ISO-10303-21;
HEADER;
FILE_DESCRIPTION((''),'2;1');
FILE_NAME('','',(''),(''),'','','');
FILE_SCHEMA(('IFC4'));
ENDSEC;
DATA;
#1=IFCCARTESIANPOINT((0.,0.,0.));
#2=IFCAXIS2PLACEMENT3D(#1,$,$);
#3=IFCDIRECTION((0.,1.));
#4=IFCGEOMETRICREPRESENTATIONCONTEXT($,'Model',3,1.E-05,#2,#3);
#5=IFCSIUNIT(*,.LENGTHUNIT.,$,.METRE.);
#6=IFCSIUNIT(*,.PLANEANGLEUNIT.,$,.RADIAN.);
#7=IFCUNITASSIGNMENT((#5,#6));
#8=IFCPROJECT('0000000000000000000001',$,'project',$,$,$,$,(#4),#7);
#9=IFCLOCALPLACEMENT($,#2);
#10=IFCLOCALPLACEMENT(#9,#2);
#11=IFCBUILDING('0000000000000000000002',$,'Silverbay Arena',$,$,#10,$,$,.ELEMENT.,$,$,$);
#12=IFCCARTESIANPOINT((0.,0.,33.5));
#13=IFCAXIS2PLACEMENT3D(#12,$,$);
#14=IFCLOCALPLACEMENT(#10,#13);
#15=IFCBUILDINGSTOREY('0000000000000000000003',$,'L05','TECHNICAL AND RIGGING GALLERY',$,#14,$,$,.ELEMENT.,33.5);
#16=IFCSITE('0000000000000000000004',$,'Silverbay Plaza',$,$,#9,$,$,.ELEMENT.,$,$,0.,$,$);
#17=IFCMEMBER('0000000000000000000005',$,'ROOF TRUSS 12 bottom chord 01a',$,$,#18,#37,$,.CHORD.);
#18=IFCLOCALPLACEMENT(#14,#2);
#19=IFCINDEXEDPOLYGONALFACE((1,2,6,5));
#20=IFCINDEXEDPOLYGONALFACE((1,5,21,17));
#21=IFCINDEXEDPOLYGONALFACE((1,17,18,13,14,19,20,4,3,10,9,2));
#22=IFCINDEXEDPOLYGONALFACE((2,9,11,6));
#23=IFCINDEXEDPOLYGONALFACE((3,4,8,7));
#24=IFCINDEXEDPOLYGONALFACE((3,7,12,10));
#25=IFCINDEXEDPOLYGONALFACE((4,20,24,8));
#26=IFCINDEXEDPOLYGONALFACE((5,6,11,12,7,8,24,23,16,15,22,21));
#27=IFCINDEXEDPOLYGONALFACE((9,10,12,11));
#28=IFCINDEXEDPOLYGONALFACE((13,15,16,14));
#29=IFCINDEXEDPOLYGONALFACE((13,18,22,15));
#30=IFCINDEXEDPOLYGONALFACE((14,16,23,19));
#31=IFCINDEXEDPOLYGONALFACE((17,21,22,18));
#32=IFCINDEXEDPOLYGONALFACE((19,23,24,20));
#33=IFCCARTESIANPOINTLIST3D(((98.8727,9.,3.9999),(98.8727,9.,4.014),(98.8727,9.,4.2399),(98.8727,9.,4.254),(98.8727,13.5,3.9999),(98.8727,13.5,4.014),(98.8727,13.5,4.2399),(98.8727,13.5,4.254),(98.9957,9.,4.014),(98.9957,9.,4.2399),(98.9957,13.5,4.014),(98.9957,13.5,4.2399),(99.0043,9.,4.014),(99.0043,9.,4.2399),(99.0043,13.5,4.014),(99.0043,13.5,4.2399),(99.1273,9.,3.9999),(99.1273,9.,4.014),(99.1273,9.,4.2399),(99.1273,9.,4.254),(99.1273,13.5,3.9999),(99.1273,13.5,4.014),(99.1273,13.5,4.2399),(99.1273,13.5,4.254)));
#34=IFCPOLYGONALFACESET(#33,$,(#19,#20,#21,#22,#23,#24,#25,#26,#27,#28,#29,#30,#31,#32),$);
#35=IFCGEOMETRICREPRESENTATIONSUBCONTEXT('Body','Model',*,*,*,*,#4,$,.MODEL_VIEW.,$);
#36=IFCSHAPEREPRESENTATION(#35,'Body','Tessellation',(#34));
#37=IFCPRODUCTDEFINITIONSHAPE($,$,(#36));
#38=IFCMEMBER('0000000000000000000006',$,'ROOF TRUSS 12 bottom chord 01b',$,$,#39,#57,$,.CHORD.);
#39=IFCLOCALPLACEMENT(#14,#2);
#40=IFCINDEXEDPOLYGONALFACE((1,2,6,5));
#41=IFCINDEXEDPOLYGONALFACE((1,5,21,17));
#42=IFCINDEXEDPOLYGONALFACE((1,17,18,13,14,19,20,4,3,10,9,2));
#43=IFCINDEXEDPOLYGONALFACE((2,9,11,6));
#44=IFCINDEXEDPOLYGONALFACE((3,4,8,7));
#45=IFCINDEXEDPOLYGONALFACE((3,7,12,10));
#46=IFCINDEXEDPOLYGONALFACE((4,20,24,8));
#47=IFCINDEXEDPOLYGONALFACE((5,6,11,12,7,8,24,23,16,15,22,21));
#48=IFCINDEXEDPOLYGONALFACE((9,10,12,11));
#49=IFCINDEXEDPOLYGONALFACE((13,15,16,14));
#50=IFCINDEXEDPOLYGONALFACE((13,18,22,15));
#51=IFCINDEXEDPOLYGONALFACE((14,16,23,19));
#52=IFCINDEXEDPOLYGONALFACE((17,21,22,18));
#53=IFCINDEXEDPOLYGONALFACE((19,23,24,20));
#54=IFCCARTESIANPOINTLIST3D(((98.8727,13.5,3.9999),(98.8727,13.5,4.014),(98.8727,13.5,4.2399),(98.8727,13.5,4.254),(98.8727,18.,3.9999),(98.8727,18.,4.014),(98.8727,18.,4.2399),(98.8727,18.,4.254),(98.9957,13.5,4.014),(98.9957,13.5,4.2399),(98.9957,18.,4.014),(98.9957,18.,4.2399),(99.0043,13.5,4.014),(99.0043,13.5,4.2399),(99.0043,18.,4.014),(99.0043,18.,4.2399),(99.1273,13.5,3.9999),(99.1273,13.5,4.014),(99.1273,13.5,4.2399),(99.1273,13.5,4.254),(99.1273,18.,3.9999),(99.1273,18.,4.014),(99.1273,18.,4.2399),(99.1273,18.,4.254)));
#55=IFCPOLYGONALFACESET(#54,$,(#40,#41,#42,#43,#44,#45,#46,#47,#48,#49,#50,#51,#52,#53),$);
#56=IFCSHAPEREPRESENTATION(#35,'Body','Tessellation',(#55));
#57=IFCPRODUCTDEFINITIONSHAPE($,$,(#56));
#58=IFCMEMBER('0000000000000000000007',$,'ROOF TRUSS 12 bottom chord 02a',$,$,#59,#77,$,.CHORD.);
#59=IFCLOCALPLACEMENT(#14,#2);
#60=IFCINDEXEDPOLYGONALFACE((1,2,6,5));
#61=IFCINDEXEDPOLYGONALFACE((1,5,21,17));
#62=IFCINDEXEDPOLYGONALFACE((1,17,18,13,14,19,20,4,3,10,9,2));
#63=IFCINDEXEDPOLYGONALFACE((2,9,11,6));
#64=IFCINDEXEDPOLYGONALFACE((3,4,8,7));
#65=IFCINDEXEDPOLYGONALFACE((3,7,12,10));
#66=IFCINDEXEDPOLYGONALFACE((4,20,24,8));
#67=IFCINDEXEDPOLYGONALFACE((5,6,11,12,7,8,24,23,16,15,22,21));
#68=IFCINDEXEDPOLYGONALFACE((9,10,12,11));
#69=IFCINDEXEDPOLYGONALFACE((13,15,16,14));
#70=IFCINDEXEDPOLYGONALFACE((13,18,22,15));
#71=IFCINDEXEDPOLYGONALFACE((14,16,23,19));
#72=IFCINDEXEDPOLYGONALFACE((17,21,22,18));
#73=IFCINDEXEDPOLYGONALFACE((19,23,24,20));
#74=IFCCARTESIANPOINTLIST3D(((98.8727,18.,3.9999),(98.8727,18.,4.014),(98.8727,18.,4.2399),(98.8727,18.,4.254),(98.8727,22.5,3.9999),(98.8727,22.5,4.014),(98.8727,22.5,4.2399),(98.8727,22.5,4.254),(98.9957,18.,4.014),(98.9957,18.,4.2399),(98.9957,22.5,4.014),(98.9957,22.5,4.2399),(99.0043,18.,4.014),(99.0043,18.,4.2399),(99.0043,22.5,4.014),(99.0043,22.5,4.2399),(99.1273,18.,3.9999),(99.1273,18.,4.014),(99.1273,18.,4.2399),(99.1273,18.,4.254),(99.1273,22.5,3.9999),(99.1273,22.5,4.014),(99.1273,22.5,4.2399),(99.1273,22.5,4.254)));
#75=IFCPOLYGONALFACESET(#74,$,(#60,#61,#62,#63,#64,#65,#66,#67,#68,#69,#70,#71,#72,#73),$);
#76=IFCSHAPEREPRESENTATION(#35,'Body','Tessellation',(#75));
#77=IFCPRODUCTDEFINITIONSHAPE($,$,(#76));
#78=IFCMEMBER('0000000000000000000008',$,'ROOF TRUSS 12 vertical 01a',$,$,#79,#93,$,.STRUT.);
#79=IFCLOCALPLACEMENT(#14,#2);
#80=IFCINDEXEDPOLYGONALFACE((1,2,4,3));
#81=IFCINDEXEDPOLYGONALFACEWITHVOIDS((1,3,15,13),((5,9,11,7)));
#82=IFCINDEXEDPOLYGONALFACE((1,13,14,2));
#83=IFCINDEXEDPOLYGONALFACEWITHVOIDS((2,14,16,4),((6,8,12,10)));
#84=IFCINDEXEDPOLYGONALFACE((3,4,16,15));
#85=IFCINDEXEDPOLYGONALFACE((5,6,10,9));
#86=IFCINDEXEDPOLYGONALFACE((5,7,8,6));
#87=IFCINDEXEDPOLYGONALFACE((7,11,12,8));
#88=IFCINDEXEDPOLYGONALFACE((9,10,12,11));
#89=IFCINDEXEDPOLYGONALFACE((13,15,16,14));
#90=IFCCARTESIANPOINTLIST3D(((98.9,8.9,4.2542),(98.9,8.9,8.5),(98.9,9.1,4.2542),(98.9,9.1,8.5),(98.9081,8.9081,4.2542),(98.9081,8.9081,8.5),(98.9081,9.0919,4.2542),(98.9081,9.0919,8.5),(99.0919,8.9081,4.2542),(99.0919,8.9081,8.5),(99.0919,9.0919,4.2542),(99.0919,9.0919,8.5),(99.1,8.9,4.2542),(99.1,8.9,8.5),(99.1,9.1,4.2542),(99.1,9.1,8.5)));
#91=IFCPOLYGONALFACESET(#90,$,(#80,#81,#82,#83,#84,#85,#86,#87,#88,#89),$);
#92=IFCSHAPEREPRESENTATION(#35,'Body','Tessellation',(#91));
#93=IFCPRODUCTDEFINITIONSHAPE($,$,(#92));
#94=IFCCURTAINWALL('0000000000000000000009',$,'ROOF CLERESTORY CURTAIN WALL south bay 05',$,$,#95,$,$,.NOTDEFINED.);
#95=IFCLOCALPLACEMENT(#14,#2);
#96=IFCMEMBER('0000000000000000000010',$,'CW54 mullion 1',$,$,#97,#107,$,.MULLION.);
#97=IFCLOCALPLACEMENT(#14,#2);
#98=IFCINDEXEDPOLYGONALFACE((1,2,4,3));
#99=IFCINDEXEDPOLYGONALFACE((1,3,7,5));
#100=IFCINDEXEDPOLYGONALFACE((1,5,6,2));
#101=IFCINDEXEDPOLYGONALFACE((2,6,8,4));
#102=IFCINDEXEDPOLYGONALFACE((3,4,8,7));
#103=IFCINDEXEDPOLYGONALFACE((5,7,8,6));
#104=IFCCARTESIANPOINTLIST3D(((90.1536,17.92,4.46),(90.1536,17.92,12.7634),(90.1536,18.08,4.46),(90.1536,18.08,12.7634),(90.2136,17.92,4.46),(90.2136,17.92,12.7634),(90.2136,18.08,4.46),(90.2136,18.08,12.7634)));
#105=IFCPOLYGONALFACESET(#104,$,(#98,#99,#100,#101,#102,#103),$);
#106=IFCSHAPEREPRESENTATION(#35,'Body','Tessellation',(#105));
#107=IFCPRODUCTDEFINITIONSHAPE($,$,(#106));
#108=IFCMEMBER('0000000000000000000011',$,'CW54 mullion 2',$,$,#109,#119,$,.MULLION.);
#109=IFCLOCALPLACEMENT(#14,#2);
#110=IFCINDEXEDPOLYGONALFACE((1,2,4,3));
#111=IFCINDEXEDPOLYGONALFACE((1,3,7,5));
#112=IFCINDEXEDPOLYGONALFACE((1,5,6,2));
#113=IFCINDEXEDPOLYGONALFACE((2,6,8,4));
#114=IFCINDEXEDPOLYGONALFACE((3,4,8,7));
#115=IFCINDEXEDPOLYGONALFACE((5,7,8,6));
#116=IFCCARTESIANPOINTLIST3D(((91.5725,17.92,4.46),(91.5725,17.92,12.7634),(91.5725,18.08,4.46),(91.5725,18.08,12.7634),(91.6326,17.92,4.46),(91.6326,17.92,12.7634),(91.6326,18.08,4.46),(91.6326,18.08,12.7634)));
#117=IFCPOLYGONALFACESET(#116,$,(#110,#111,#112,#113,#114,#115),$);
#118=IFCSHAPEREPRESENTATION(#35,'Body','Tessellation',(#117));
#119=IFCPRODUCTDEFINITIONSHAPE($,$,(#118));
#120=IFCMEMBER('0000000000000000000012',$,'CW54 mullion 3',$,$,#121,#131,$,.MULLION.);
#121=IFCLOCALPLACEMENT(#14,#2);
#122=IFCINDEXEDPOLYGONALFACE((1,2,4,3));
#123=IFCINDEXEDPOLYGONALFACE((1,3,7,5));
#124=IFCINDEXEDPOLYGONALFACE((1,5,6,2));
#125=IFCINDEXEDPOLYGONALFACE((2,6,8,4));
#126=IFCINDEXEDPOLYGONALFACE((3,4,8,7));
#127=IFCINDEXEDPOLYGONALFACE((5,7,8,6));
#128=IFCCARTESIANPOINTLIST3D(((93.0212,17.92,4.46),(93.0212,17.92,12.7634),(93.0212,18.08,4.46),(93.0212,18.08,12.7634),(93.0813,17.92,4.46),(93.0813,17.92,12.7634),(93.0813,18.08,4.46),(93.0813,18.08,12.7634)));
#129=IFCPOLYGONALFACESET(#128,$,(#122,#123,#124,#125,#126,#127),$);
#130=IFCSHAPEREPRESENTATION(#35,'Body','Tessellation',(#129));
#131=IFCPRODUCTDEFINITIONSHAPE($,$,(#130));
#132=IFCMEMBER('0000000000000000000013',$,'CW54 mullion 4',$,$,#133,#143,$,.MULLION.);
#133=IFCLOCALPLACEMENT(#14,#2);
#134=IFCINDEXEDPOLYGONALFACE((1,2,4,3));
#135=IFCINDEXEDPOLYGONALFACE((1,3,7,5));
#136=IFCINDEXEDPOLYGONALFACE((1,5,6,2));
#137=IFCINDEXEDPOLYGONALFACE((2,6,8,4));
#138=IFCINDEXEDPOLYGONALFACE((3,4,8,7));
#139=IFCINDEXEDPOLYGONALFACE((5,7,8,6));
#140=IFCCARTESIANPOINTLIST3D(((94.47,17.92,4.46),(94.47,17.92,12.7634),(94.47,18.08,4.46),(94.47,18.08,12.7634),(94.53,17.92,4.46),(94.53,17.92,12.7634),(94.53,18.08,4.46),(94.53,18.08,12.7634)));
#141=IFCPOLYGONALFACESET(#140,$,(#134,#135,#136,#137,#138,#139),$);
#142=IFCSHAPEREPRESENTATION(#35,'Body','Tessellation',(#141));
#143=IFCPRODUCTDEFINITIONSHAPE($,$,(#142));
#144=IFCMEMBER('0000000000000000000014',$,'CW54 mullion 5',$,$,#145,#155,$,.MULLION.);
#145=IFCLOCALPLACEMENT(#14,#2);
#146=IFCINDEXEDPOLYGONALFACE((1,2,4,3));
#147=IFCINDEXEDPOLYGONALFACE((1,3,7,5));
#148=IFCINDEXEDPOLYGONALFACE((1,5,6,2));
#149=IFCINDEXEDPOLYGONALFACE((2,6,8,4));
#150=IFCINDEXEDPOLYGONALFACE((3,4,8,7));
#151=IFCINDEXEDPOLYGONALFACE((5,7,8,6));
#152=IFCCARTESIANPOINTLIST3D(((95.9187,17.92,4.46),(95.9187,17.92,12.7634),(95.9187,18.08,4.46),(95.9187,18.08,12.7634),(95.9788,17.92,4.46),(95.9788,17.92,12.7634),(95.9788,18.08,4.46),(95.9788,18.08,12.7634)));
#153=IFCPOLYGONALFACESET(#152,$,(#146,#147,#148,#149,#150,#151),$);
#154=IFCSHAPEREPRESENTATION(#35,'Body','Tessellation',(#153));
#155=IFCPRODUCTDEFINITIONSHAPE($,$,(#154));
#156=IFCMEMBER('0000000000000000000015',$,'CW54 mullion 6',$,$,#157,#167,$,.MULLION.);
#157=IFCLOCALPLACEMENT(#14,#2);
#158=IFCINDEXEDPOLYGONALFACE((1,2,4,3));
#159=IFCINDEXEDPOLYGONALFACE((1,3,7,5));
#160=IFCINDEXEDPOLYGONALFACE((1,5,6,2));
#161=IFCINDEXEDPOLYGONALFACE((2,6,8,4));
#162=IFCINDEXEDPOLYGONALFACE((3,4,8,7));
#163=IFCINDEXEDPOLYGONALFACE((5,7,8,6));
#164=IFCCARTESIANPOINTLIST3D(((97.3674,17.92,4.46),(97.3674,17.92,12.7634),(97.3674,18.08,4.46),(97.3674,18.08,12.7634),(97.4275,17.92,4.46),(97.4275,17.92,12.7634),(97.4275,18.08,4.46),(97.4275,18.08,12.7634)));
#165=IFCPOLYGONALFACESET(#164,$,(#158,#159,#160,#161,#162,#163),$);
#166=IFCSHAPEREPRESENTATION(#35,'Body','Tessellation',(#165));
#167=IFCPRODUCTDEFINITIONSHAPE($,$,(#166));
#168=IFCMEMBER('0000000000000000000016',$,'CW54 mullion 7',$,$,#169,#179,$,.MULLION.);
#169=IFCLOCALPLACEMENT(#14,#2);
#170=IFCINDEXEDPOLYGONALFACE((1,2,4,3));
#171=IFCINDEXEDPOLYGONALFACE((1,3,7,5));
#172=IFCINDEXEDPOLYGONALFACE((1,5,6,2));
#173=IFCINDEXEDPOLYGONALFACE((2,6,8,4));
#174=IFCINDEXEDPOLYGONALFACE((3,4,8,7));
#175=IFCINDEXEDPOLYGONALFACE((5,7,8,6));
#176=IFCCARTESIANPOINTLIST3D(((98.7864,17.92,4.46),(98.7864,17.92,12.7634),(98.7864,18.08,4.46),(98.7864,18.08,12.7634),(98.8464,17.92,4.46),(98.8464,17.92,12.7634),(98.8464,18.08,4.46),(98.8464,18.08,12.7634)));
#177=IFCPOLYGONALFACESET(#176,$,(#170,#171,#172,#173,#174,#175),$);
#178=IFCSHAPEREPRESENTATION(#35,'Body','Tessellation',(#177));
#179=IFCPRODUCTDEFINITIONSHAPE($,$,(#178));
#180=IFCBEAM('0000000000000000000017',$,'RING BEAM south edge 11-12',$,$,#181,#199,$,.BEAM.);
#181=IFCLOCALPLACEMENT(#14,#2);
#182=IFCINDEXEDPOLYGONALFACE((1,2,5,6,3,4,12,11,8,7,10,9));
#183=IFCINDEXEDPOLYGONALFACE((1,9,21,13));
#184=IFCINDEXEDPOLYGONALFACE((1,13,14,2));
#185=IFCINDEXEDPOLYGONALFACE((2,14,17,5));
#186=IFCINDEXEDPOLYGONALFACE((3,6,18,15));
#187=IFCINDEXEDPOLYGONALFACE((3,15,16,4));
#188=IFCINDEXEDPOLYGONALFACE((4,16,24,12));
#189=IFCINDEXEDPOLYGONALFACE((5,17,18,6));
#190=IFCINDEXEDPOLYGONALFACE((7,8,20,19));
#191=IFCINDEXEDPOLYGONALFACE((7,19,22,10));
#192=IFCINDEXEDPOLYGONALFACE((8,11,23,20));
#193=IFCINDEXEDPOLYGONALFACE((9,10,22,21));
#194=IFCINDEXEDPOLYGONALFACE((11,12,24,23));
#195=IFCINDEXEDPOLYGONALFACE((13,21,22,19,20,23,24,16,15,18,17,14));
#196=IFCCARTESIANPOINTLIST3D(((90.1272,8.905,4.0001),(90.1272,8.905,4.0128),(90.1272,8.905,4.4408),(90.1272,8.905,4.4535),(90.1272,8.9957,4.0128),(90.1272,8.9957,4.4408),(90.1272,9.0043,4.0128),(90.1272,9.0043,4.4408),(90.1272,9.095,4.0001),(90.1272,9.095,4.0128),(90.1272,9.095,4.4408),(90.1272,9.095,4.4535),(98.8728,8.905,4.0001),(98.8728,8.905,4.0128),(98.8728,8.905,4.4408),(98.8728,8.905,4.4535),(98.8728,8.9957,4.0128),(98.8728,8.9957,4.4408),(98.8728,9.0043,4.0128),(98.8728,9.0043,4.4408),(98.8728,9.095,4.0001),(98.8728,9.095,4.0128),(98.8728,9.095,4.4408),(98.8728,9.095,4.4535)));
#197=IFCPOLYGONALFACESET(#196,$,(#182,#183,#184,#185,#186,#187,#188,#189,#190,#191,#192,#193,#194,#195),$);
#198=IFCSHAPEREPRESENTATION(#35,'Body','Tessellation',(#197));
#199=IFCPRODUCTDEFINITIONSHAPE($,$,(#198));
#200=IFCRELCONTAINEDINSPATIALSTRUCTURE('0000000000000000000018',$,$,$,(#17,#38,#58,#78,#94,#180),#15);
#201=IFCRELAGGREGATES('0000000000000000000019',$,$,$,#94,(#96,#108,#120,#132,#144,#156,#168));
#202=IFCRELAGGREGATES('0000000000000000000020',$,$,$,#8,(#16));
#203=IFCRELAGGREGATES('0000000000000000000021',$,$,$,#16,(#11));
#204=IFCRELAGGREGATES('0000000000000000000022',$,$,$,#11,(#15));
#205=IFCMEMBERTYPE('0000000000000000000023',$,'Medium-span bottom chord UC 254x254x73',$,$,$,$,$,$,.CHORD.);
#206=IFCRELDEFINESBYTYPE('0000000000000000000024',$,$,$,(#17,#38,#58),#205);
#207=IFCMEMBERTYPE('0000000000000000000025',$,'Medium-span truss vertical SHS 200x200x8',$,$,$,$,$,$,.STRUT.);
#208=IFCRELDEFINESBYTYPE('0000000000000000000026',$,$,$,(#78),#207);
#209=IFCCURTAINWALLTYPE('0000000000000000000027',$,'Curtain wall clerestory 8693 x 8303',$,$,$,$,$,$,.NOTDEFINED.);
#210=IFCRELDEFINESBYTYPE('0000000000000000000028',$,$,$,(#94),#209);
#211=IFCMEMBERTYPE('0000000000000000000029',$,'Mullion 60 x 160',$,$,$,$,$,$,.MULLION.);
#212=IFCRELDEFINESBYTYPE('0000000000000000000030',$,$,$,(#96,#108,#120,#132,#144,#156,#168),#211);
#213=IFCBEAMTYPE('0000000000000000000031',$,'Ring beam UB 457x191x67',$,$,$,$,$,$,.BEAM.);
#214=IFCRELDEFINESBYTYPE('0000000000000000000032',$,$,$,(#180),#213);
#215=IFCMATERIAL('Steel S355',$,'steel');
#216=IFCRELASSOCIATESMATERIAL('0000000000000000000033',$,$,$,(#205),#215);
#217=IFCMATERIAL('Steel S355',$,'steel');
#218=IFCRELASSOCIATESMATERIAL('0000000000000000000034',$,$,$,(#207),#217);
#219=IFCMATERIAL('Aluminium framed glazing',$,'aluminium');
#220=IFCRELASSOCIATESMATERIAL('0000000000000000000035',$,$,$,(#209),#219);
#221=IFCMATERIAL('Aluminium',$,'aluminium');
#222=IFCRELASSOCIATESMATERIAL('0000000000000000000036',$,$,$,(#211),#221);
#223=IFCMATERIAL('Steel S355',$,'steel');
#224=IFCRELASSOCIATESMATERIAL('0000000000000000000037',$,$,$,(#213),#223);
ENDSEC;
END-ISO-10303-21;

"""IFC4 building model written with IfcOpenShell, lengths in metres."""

from ifc_helpers import new_model, si_unit, direction, frame, origin, origin_2d, place, context, subcontext, project, spatial, rectangle, hollow_rectangle, i_section, extrude, material, material_profile, profile_set, type_object, element, aggregate, save


model = new_model("IFC4")

# Units and contexts
model_context = context("Model", 3, precision=1e-05, world=origin(), true_north=direction((0.0, 1.0)))
body_context = subcontext(model_context, "Body", "Model", "MODEL_VIEW")
ifc_project = project(units=[si_unit("LENGTHUNIT", "METRE"), si_unit("PLANEANGLEUNIT", "RADIAN")], contexts=[model_context])

# Site, building, storey
site_placement = place(None, origin())
site = spatial("IfcSite", under=ifc_project, at=site_placement, Name="Silverbay Plaza", CompositionType="ELEMENT", RefElevation=0.0)
building_placement = place(site_placement, origin())
building = spatial("IfcBuilding", under=site, at=building_placement, Name="Silverbay Arena", CompositionType="ELEMENT")
storey_placement = place(building_placement, frame((0.0, 0.0, 33.5)))
storey = spatial("IfcBuildingStorey", under=building, at=storey_placement, Name="L05", Description="TECHNICAL AND RIGGING GALLERY", CompositionType="ELEMENT", Elevation=33.5)

# Members
ifc_material_1 = material(Name="Steel S355", Category="steel")
ifc_material_profile_1 = material_profile(ifc_material_1, i_section(OverallWidth=0.2546, OverallDepth=0.2542, WebThickness=0.0085, FlangeThickness=0.0142, at=origin_2d()), Name="UC 254x254x73")
ifc_profile_set_1 = profile_set([ifc_material_profile_1], Name="Steel S355")
member_type_1 = type_object("IfcMemberType", Name="Medium-span bottom chord UC 254x254x73", PredefinedType="CHORD", material=ifc_profile_set_1)
for number, where, z_axis, x_axis, name in (
    (1, (99.0, 9.0, 4.127), (0.0, 1.0, 0.0), (-1.0, 0.0, 0.0), "ROOF TRUSS 12 bottom chord 01a"),
    (2, (99.0, 13.5, 4.127), (0.0, 1.0, 0.0), (-1.0, 0.0, 0.0), "ROOF TRUSS 12 bottom chord 01b"),
    (3, (99.0, 18.0, 4.127), (0.0, 1.0, 0.0), (-1.0, 0.0, 0.0), "ROOF TRUSS 12 bottom chord 02a"),
):
    element("IfcMember", number, at=place(storey_placement, frame(where, z_axis=z_axis, x_axis=x_axis)), inside=storey, type_object=member_type_1, Name=name, PredefinedType="CHORD", context=body_context, shape_type="SweptSolid", body=[
        extrude(i_section(OverallWidth=0.2546, OverallDepth=0.2542, WebThickness=0.0085, FlangeThickness=0.0142, at=origin_2d()), origin(), (0.0, 0.0, 1.0), 4.5),
    ])
ifc_material_2 = material(Name="Steel S355", Category="steel")
ifc_material_profile_2 = material_profile(ifc_material_2, hollow_rectangle(XDim=0.2, YDim=0.2, WallThickness=0.0081, at=origin_2d()), Name="SHS 200x200x8")
ifc_profile_set_2 = profile_set([ifc_material_profile_2], Name="Steel S355")
member_type_2 = type_object("IfcMemberType", Name="Medium-span truss vertical SHS 200x200x8", PredefinedType="STRUT", material=ifc_profile_set_2)
member_1_placement = place(storey_placement, frame((99.0, 9.0, 4.2542), z_axis=(0.0, 0.0, 1.0), x_axis=(1.0, 0.0, 0.0)))
element("IfcMember", 4, at=member_1_placement, inside=storey, type_object=member_type_2, Name="ROOF TRUSS 12 vertical 01a", PredefinedType="STRUT", context=body_context, shape_type="SweptSolid", body=[
    extrude(hollow_rectangle(XDim=0.2, YDim=0.2, WallThickness=0.0081, at=origin_2d()), origin(), (0.0, 0.0, 1.0), 4.2458),
])

# Curtain wall, members
ifc_material_3 = material(Name="Aluminium framed glazing", Category="aluminium")
curtain_wall_type = type_object("IfcCurtainWallType", Name="Curtain wall clerestory 8693 x 8303", PredefinedType="NOTDEFINED", material=ifc_material_3)
curtain_wall_placement = place(storey_placement, origin())
curtain_wall = element("IfcCurtainWall", 5, at=curtain_wall_placement, inside=storey, type_object=curtain_wall_type, Name="ROOF CLERESTORY CURTAIN WALL south bay 05", PredefinedType="NOTDEFINED")
ifc_material_4 = material(Name="Aluminium", Category="aluminium")
ifc_material_profile_3 = material_profile(ifc_material_4, rectangle(XDim=0.1599, YDim=0.0601, at=origin_2d()), Name="Mullion 60 x 160")
ifc_profile_set_3 = profile_set([ifc_material_profile_3], Name="Aluminium")
member_type_3 = type_object("IfcMemberType", Name="Mullion 60 x 160", PredefinedType="MULLION", material=ifc_profile_set_3)
member_2_placement = place(storey_placement, frame((90.1836, 18.0, 4.46), z_axis=(0.0, 0.0, 1.0), x_axis=(0.0, 1.0, 0.0)))
member_2 = element("IfcMember", 6, at=member_2_placement, type_object=member_type_3, Name="CW54 mullion 1", PredefinedType="MULLION", context=body_context, shape_type="SweptSolid", body=[
    extrude(rectangle(XDim=0.1599, YDim=0.0601, at=origin_2d()), origin(), (0.0, 0.0, 1.0), 8.3035),
])
member_3_placement = place(storey_placement, frame((91.6025, 18.0, 4.46), z_axis=(0.0, 0.0, 1.0), x_axis=(0.0, 1.0, 0.0)))
member_3 = element("IfcMember", 7, at=member_3_placement, type_object=member_type_3, Name="CW54 mullion 2", PredefinedType="MULLION", context=body_context, shape_type="SweptSolid", body=[
    extrude(rectangle(XDim=0.1599, YDim=0.0601, at=origin_2d()), origin(), (0.0, 0.0, 1.0), 8.3035),
])
member_4_placement = place(storey_placement, frame((93.0513, 18.0, 4.46), z_axis=(0.0, 0.0, 1.0), x_axis=(0.0, 1.0, 0.0)))
member_4 = element("IfcMember", 8, at=member_4_placement, type_object=member_type_3, Name="CW54 mullion 3", PredefinedType="MULLION", context=body_context, shape_type="SweptSolid", body=[
    extrude(rectangle(XDim=0.1599, YDim=0.0601, at=origin_2d()), origin(), (0.0, 0.0, 1.0), 8.3035),
])
member_5_placement = place(storey_placement, frame((94.5, 18.0, 4.46), z_axis=(0.0, 0.0, 1.0), x_axis=(0.0, 1.0, 0.0)))
member_5 = element("IfcMember", 9, at=member_5_placement, type_object=member_type_3, Name="CW54 mullion 4", PredefinedType="MULLION", context=body_context, shape_type="SweptSolid", body=[
    extrude(rectangle(XDim=0.1599, YDim=0.0601, at=origin_2d()), origin(), (0.0, 0.0, 1.0), 8.3035),
])
member_6_placement = place(storey_placement, frame((95.9487, 18.0, 4.46), z_axis=(0.0, 0.0, 1.0), x_axis=(0.0, 1.0, 0.0)))
member_6 = element("IfcMember", 10, at=member_6_placement, type_object=member_type_3, Name="CW54 mullion 5", PredefinedType="MULLION", context=body_context, shape_type="SweptSolid", body=[
    extrude(rectangle(XDim=0.1599, YDim=0.0601, at=origin_2d()), origin(), (0.0, 0.0, 1.0), 8.3035),
])
member_7_placement = place(storey_placement, frame((97.3975, 18.0, 4.46), z_axis=(0.0, 0.0, 1.0), x_axis=(0.0, 1.0, 0.0)))
member_7 = element("IfcMember", 11, at=member_7_placement, type_object=member_type_3, Name="CW54 mullion 6", PredefinedType="MULLION", context=body_context, shape_type="SweptSolid", body=[
    extrude(rectangle(XDim=0.1599, YDim=0.0601, at=origin_2d()), origin(), (0.0, 0.0, 1.0), 8.3035),
])
member_8_placement = place(storey_placement, frame((98.8164, 18.0, 4.46), z_axis=(0.0, 0.0, 1.0), x_axis=(0.0, 1.0, 0.0)))
member_8 = element("IfcMember", 12, at=member_8_placement, type_object=member_type_3, Name="CW54 mullion 7", PredefinedType="MULLION", context=body_context, shape_type="SweptSolid", body=[
    extrude(rectangle(XDim=0.1599, YDim=0.0601, at=origin_2d()), origin(), (0.0, 0.0, 1.0), 8.3035),
])

# Beam
ifc_material_5 = material(Name="Steel S355", Category="steel")
ifc_material_profile_4 = material_profile(ifc_material_5, i_section(OverallWidth=0.1899, OverallDepth=0.4534, WebThickness=0.0085, FlangeThickness=0.0127, at=origin_2d()), Name="UB 457x191x67")
ifc_profile_set_4 = profile_set([ifc_material_profile_4], Name="Steel S355")
beam_type_1 = type_object("IfcBeamType", Name="Ring beam UB 457x191x67", PredefinedType="BEAM", material=ifc_profile_set_4)
beam_1_placement = place(storey_placement, frame((90.1272, 9.0, 4.2268), z_axis=(1.0, 0.0, 0.0), x_axis=(0.0, 1.0, 0.0)))
element("IfcBeam", 13, at=beam_1_placement, inside=storey, type_object=beam_type_1, Name="RING BEAM south edge 11-12", PredefinedType="BEAM", context=body_context, shape_type="SweptSolid", body=[
    extrude(i_section(OverallWidth=0.1899, OverallDepth=0.4534, WebThickness=0.0085, FlangeThickness=0.0127, at=origin_2d()), origin(), (0.0, 0.0, 1.0), 8.7456),
])

aggregate(curtain_wall, [member_2, member_3, member_4, member_5, member_6, member_7, member_8])

save(model, "model.ifc")
